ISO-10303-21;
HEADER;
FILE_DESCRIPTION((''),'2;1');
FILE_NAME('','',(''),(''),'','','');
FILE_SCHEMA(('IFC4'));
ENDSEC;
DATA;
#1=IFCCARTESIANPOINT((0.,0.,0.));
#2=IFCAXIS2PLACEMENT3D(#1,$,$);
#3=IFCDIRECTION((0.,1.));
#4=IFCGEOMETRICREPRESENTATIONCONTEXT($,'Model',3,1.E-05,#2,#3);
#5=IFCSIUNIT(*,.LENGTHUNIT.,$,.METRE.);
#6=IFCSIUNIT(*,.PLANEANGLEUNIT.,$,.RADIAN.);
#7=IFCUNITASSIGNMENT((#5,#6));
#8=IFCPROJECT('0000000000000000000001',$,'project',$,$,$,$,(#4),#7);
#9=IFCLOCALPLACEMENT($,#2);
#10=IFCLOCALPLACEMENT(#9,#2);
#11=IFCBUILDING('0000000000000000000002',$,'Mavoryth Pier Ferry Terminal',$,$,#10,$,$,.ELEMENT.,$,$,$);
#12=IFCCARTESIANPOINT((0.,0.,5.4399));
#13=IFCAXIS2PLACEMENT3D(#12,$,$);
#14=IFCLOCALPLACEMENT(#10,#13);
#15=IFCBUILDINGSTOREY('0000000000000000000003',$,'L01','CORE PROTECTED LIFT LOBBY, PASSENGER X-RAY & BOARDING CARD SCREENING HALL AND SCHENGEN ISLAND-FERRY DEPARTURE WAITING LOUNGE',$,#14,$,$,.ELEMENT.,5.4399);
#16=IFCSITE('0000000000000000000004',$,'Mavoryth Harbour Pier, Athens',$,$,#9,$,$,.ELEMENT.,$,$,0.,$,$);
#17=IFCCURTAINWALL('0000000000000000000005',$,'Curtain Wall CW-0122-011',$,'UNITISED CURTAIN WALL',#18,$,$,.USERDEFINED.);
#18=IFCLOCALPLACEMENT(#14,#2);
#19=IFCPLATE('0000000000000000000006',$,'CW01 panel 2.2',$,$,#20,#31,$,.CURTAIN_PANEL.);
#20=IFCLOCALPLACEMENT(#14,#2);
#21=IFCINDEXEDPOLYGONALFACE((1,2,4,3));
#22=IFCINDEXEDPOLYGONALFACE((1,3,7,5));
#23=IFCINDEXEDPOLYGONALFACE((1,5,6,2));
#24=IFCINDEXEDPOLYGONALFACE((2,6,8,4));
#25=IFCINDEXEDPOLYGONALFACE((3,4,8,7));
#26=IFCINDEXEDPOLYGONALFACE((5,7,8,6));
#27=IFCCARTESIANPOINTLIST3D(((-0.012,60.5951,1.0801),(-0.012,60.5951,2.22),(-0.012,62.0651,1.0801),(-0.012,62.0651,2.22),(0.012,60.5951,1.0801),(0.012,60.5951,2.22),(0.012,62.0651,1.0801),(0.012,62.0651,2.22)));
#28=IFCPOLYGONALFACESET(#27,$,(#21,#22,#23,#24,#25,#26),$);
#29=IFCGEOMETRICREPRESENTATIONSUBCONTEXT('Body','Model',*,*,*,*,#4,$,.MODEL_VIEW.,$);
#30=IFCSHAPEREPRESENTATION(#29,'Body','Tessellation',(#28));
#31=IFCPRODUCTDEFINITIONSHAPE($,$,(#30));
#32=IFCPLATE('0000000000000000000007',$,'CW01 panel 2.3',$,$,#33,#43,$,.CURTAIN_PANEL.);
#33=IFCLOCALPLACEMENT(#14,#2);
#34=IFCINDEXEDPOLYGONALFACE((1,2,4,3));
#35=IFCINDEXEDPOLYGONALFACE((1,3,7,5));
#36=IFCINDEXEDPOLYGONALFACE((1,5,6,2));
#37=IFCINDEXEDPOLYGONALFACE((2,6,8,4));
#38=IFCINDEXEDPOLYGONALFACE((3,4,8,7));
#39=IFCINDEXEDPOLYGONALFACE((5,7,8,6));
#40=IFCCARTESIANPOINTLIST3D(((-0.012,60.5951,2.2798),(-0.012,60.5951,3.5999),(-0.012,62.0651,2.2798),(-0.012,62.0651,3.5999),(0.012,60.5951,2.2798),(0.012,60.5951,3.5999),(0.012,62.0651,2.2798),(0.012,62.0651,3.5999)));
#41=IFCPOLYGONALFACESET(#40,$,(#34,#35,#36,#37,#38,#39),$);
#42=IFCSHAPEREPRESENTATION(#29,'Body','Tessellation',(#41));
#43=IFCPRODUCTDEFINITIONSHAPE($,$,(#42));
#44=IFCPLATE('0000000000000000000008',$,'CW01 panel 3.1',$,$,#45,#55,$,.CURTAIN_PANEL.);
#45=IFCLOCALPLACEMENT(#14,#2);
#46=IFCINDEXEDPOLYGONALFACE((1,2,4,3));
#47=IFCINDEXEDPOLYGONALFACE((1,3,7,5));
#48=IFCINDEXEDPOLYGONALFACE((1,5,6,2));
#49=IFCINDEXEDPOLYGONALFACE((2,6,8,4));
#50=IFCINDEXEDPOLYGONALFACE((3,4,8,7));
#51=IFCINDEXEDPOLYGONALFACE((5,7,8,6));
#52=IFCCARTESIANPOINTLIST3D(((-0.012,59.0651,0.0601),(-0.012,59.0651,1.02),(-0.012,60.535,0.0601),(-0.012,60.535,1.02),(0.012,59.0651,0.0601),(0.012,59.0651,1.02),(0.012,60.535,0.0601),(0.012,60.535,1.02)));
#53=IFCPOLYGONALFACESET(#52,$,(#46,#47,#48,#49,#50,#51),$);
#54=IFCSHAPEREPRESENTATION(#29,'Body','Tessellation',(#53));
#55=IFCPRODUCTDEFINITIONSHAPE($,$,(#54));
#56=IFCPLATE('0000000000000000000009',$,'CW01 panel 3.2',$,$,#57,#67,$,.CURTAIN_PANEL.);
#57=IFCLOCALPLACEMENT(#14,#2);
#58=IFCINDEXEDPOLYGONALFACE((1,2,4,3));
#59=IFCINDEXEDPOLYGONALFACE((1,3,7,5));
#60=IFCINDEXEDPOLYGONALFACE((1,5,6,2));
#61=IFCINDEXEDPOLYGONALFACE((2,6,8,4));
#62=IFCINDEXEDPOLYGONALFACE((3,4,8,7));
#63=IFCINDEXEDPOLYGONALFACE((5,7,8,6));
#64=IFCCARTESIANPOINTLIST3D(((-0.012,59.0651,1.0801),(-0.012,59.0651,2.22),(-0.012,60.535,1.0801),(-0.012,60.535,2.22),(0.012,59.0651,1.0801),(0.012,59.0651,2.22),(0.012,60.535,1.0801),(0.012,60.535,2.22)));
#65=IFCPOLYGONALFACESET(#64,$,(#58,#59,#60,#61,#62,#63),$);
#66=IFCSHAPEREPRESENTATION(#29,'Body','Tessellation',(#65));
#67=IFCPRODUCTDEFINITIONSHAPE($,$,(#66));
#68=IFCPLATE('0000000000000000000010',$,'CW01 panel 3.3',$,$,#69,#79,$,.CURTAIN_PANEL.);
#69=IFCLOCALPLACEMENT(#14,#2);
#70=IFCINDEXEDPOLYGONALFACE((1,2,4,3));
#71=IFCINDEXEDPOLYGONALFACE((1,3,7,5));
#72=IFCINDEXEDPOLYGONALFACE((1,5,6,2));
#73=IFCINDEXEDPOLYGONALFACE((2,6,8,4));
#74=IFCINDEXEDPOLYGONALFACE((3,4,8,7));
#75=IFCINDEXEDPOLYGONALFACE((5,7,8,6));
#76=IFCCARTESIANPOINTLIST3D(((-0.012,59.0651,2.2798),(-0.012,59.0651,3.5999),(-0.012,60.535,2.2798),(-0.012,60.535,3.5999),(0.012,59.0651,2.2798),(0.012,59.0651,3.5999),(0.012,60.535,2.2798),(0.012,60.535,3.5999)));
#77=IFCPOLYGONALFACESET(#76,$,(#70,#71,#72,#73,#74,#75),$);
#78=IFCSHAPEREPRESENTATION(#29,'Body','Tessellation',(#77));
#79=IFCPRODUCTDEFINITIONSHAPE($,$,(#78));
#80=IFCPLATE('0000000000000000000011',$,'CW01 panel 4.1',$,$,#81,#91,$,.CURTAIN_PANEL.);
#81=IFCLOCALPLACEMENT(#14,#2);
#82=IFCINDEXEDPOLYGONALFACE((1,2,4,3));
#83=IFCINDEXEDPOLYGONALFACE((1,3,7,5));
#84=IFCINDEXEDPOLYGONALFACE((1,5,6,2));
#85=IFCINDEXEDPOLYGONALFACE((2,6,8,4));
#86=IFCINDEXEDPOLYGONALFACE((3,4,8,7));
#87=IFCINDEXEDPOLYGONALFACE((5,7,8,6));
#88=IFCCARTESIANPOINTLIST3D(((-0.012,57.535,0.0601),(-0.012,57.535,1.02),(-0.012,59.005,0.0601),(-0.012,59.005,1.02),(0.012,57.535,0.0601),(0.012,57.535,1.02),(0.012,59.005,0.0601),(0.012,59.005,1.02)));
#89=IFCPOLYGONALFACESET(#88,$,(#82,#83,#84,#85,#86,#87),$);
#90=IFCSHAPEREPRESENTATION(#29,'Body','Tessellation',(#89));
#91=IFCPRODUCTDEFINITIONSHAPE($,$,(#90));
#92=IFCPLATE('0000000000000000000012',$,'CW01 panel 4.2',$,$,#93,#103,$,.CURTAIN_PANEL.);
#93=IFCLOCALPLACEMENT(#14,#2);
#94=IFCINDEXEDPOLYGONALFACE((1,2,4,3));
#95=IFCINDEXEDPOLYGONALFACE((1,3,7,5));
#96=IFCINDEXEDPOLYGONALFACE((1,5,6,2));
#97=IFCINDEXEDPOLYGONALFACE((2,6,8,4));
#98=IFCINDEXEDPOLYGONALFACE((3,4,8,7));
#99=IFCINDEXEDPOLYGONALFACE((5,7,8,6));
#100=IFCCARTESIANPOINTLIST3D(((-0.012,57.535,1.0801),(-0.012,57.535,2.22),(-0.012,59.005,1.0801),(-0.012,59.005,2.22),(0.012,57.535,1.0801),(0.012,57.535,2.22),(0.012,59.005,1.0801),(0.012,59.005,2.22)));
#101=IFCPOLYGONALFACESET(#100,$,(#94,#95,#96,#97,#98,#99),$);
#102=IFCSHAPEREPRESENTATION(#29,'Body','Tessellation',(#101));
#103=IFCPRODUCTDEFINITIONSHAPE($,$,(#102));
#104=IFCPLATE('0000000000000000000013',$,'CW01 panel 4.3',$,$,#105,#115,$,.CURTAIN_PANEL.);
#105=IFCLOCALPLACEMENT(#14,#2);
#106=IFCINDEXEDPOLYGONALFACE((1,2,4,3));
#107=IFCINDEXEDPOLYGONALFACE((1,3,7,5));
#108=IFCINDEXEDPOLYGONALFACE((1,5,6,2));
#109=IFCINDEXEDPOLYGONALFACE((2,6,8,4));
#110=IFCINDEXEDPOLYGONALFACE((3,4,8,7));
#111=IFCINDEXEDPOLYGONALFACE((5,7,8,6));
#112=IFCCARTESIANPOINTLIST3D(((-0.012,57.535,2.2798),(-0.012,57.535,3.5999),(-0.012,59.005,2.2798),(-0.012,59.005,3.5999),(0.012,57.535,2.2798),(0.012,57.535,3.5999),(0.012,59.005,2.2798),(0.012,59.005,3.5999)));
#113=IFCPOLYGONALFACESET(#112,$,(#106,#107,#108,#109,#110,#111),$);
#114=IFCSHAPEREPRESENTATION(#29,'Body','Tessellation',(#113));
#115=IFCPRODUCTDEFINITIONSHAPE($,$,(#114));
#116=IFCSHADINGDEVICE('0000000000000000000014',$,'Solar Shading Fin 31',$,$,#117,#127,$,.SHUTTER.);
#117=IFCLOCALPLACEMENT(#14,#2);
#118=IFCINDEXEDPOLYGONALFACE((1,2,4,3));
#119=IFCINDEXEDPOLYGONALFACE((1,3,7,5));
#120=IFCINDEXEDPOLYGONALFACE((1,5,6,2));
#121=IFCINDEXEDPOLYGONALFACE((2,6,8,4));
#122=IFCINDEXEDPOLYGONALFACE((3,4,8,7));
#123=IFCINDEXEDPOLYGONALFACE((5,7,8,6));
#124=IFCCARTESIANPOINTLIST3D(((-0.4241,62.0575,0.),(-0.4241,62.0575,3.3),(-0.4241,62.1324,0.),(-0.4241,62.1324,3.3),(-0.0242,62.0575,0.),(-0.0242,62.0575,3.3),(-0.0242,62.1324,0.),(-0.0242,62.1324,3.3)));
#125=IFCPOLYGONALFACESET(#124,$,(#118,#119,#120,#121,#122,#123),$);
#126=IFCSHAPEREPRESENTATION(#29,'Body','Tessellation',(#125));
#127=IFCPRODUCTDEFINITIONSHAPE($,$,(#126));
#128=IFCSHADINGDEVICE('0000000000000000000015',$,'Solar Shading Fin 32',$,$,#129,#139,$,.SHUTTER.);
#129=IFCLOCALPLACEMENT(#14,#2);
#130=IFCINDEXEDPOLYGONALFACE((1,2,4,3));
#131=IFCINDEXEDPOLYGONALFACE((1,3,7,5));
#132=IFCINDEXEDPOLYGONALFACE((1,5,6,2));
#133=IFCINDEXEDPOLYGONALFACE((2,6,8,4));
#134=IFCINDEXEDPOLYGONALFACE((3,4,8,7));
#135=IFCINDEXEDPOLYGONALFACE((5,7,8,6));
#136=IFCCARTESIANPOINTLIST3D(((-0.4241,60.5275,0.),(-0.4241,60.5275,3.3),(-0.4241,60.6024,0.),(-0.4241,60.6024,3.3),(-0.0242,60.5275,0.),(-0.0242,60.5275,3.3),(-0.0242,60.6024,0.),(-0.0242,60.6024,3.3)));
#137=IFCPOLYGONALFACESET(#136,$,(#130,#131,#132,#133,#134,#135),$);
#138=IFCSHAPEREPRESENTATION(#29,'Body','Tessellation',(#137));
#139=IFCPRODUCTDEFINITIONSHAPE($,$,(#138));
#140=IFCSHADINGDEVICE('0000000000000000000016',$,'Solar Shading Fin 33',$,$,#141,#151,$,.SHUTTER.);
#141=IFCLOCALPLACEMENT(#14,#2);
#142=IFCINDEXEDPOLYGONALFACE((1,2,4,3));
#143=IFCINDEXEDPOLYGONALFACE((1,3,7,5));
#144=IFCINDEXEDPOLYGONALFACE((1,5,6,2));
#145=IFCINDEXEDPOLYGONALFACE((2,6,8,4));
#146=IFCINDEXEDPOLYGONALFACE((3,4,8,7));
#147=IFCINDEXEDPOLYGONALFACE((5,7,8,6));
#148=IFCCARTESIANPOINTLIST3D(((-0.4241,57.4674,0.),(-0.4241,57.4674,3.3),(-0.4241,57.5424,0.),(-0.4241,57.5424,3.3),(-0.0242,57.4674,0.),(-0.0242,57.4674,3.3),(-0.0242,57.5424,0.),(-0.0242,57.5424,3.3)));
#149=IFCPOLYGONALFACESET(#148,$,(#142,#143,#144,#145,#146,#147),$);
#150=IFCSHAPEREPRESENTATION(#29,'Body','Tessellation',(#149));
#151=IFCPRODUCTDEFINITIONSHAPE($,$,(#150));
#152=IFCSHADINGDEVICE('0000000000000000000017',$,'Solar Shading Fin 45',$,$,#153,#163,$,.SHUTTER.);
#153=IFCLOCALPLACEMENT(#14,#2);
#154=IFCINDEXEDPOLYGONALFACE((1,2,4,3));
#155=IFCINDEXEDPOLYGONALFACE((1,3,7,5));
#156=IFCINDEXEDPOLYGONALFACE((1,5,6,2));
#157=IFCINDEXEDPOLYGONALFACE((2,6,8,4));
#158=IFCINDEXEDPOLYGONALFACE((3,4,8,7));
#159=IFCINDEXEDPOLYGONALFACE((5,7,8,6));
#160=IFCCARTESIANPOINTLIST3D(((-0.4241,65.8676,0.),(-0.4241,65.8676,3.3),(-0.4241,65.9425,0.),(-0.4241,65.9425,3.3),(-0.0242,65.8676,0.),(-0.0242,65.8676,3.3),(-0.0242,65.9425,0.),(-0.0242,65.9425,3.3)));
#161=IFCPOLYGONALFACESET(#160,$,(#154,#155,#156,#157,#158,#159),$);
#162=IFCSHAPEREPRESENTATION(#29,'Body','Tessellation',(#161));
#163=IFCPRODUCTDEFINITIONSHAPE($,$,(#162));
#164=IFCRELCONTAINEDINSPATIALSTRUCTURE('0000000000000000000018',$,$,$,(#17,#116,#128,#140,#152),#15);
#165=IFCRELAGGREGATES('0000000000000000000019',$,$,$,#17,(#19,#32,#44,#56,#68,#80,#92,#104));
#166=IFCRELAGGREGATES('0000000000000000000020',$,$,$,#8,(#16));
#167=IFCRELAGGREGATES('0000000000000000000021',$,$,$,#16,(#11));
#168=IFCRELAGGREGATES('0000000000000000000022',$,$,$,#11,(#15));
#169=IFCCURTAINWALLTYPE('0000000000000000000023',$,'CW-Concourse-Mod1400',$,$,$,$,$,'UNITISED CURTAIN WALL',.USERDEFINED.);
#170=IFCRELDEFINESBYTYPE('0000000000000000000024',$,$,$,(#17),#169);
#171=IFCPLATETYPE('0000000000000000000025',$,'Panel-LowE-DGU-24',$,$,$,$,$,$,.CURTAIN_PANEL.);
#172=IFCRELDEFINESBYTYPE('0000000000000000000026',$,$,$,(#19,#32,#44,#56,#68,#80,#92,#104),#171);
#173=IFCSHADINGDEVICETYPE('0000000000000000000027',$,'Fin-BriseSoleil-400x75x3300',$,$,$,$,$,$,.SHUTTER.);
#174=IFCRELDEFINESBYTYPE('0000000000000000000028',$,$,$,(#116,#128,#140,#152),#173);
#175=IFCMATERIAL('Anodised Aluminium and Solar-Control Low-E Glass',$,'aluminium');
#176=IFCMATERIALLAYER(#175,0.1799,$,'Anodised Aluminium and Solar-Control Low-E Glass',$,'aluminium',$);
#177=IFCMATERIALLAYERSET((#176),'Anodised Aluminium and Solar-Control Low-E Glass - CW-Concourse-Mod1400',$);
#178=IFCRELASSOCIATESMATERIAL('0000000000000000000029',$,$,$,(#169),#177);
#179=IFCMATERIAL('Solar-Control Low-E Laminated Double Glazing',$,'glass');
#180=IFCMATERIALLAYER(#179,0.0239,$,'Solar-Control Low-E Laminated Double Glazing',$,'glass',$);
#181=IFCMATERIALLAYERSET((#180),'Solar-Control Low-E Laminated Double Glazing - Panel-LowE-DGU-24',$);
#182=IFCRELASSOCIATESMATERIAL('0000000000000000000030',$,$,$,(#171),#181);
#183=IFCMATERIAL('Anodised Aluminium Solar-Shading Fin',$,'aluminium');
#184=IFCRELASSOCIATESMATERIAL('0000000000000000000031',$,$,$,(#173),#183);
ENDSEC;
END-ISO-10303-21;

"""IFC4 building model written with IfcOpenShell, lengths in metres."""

from ifc_helpers import new_model, si_unit, direction, frame, origin, origin_2d, place, context, subcontext, project, spatial, rectangle, extrude, material, layer, layer_set, type_object, element, aggregate, save


model = new_model("IFC4")

# Units and contexts
model_context = context("Model", 3, precision=1e-05, world=origin(), true_north=direction((0.0, 1.0)))
body_context = subcontext(model_context, "Body", "Model", "MODEL_VIEW")
ifc_project = project(units=[si_unit("LENGTHUNIT", "METRE"), si_unit("PLANEANGLEUNIT", "RADIAN")], contexts=[model_context])

# Site, building, storey
site_placement = place(None, origin())
site = spatial("IfcSite", under=ifc_project, at=site_placement, Name="Mavoryth Harbour Pier, Athens", CompositionType="ELEMENT", RefElevation=0.0)
building_placement = place(site_placement, origin())
building = spatial("IfcBuilding", under=site, at=building_placement, Name="Mavoryth Pier Ferry Terminal", CompositionType="ELEMENT")
storey_placement = place(building_placement, frame((0.0, 0.0, 5.4399)))
storey = spatial("IfcBuildingStorey", under=building, at=storey_placement, Name="L01", Description="CORE PROTECTED LIFT LOBBY, PASSENGER X-RAY & BOARDING CARD SCREENING HALL AND SCHENGEN ISLAND-FERRY DEPARTURE WAITING LOUNGE", CompositionType="ELEMENT", Elevation=5.4399)

# Curtain wall, plates
ifc_material_1 = material(Name="Anodised Aluminium and Solar-Control Low-E Glass", Category="aluminium")
ifc_layer_1 = layer(ifc_material_1, 0.1799, Name="Anodised Aluminium and Solar-Control Low-E Glass", Category="aluminium")
ifc_layer_set_1 = layer_set([ifc_layer_1], Name="Anodised Aluminium and Solar-Control Low-E Glass - CW-Concourse-Mod1400")
curtain_wall_type = type_object("IfcCurtainWallType", Name="CW-Concourse-Mod1400", ElementType="UNITISED CURTAIN WALL", PredefinedType="USERDEFINED", material=ifc_layer_set_1)
curtain_wall_placement = place(storey_placement, origin())
curtain_wall = element("IfcCurtainWall", 1, at=curtain_wall_placement, inside=storey, type_object=curtain_wall_type, Name="Curtain Wall CW-0122-011", ObjectType="UNITISED CURTAIN WALL", PredefinedType="USERDEFINED")
ifc_material_2 = material(Name="Solar-Control Low-E Laminated Double Glazing", Category="glass")
ifc_layer_2 = layer(ifc_material_2, 0.0239, Name="Solar-Control Low-E Laminated Double Glazing", Category="glass")
ifc_layer_set_2 = layer_set([ifc_layer_2], Name="Solar-Control Low-E Laminated Double Glazing - Panel-LowE-DGU-24")
plate_type = type_object("IfcPlateType", Name="Panel-LowE-DGU-24", PredefinedType="CURTAIN_PANEL", material=ifc_layer_set_2)
plate_1_placement = place(storey_placement, frame((0.0, 61.3301, 1.0801), z_axis=(0.0, 0.0, 1.0), x_axis=(0.0, -1.0, 0.0)))
plate_1 = element("IfcPlate", 2, at=plate_1_placement, type_object=plate_type, Name="CW01 panel 2.2", PredefinedType="CURTAIN_PANEL", context=body_context, shape_type="SweptSolid", body=[
    extrude(rectangle(XDim=1.47, YDim=0.0239, at=origin_2d()), origin(), (0.0, 0.0, 1.0), 1.1399),
])
plate_2_placement = place(storey_placement, frame((0.0, 61.3301, 2.2798), z_axis=(0.0, 0.0, 1.0), x_axis=(0.0, -1.0, 0.0)))
plate_2 = element("IfcPlate", 3, at=plate_2_placement, type_object=plate_type, Name="CW01 panel 2.3", PredefinedType="CURTAIN_PANEL", context=body_context, shape_type="SweptSolid", body=[
    extrude(rectangle(XDim=1.47, YDim=0.0239, at=origin_2d()), origin(), (0.0, 0.0, 1.0), 1.3201),
])
plate_3_placement = place(storey_placement, frame((0.0, 59.8, 0.0601), z_axis=(0.0, 0.0, 1.0), x_axis=(0.0, -1.0, 0.0)))
plate_3 = element("IfcPlate", 4, at=plate_3_placement, type_object=plate_type, Name="CW01 panel 3.1", PredefinedType="CURTAIN_PANEL", context=body_context, shape_type="SweptSolid", body=[
    extrude(rectangle(XDim=1.47, YDim=0.0239, at=origin_2d()), origin(), (0.0, 0.0, 1.0), 0.96),
])
plate_4_placement = place(storey_placement, frame((0.0, 59.8, 1.0801), z_axis=(0.0, 0.0, 1.0), x_axis=(0.0, -1.0, 0.0)))
plate_4 = element("IfcPlate", 5, at=plate_4_placement, type_object=plate_type, Name="CW01 panel 3.2", PredefinedType="CURTAIN_PANEL", context=body_context, shape_type="SweptSolid", body=[
    extrude(rectangle(XDim=1.47, YDim=0.0239, at=origin_2d()), origin(), (0.0, 0.0, 1.0), 1.1399),
])
plate_5_placement = place(storey_placement, frame((0.0, 59.8, 2.2798), z_axis=(0.0, 0.0, 1.0), x_axis=(0.0, -1.0, 0.0)))
plate_5 = element("IfcPlate", 6, at=plate_5_placement, type_object=plate_type, Name="CW01 panel 3.3", PredefinedType="CURTAIN_PANEL", context=body_context, shape_type="SweptSolid", body=[
    extrude(rectangle(XDim=1.47, YDim=0.0239, at=origin_2d()), origin(), (0.0, 0.0, 1.0), 1.3201),
])
plate_6_placement = place(storey_placement, frame((0.0, 58.27, 0.0601), z_axis=(0.0, 0.0, 1.0), x_axis=(0.0, -1.0, 0.0)))
plate_6 = element("IfcPlate", 7, at=plate_6_placement, type_object=plate_type, Name="CW01 panel 4.1", PredefinedType="CURTAIN_PANEL", context=body_context, shape_type="SweptSolid", body=[
    extrude(rectangle(XDim=1.47, YDim=0.0239, at=origin_2d()), origin(), (0.0, 0.0, 1.0), 0.96),
])
plate_7_placement = place(storey_placement, frame((0.0, 58.27, 1.0801), z_axis=(0.0, 0.0, 1.0), x_axis=(0.0, -1.0, 0.0)))
plate_7 = element("IfcPlate", 8, at=plate_7_placement, type_object=plate_type, Name="CW01 panel 4.2", PredefinedType="CURTAIN_PANEL", context=body_context, shape_type="SweptSolid", body=[
    extrude(rectangle(XDim=1.47, YDim=0.0239, at=origin_2d()), origin(), (0.0, 0.0, 1.0), 1.1399),
])
plate_8_placement = place(storey_placement, frame((0.0, 58.27, 2.2798), z_axis=(0.0, 0.0, 1.0), x_axis=(0.0, -1.0, 0.0)))
plate_8 = element("IfcPlate", 9, at=plate_8_placement, type_object=plate_type, Name="CW01 panel 4.3", PredefinedType="CURTAIN_PANEL", context=body_context, shape_type="SweptSolid", body=[
    extrude(rectangle(XDim=1.47, YDim=0.0239, at=origin_2d()), origin(), (0.0, 0.0, 1.0), 1.3201),
])
aggregate(curtain_wall, [plate_1, plate_2, plate_3, plate_4, plate_5, plate_6, plate_7, plate_8])

# Shading devices
ifc_material_3 = material(Name="Anodised Aluminium Solar-Shading Fin", Category="aluminium")
shading_device_type = type_object("IfcShadingDeviceType", Name="Fin-BriseSoleil-400x75x3300", PredefinedType="SHUTTER", material=ifc_material_3)
for number, where, z_axis, x_axis, name in (
    (10, (-0.2241, 62.095, 0.0), (0.0, 0.0, 1.0), (0.0, -1.0, 0.0), "Solar Shading Fin 31"),
    (11, (-0.2241, 60.5649, 0.0), (0.0, 0.0, 1.0), (0.0, -1.0, 0.0), "Solar Shading Fin 32"),
    (12, (-0.2241, 57.5049, 0.0), (0.0, 0.0, 1.0), (0.0, -1.0, 0.0), "Solar Shading Fin 33"),
    (13, (-0.2241, 65.905, 0.0), (0.0, 0.0, 1.0), (0.0, -1.0, 0.0), "Solar Shading Fin 45"),
):
    element("IfcShadingDevice", number, at=place(storey_placement, frame(where, z_axis=z_axis, x_axis=x_axis)), inside=storey, type_object=shading_device_type, Name=name, PredefinedType="SHUTTER", context=body_context, shape_type="SweptSolid", body=[
        extrude(rectangle(XDim=0.075, YDim=0.3999, at=origin_2d()), origin(), (0.0, 0.0, 1.0), 3.3),
    ])

save(model, "model.ifc")
